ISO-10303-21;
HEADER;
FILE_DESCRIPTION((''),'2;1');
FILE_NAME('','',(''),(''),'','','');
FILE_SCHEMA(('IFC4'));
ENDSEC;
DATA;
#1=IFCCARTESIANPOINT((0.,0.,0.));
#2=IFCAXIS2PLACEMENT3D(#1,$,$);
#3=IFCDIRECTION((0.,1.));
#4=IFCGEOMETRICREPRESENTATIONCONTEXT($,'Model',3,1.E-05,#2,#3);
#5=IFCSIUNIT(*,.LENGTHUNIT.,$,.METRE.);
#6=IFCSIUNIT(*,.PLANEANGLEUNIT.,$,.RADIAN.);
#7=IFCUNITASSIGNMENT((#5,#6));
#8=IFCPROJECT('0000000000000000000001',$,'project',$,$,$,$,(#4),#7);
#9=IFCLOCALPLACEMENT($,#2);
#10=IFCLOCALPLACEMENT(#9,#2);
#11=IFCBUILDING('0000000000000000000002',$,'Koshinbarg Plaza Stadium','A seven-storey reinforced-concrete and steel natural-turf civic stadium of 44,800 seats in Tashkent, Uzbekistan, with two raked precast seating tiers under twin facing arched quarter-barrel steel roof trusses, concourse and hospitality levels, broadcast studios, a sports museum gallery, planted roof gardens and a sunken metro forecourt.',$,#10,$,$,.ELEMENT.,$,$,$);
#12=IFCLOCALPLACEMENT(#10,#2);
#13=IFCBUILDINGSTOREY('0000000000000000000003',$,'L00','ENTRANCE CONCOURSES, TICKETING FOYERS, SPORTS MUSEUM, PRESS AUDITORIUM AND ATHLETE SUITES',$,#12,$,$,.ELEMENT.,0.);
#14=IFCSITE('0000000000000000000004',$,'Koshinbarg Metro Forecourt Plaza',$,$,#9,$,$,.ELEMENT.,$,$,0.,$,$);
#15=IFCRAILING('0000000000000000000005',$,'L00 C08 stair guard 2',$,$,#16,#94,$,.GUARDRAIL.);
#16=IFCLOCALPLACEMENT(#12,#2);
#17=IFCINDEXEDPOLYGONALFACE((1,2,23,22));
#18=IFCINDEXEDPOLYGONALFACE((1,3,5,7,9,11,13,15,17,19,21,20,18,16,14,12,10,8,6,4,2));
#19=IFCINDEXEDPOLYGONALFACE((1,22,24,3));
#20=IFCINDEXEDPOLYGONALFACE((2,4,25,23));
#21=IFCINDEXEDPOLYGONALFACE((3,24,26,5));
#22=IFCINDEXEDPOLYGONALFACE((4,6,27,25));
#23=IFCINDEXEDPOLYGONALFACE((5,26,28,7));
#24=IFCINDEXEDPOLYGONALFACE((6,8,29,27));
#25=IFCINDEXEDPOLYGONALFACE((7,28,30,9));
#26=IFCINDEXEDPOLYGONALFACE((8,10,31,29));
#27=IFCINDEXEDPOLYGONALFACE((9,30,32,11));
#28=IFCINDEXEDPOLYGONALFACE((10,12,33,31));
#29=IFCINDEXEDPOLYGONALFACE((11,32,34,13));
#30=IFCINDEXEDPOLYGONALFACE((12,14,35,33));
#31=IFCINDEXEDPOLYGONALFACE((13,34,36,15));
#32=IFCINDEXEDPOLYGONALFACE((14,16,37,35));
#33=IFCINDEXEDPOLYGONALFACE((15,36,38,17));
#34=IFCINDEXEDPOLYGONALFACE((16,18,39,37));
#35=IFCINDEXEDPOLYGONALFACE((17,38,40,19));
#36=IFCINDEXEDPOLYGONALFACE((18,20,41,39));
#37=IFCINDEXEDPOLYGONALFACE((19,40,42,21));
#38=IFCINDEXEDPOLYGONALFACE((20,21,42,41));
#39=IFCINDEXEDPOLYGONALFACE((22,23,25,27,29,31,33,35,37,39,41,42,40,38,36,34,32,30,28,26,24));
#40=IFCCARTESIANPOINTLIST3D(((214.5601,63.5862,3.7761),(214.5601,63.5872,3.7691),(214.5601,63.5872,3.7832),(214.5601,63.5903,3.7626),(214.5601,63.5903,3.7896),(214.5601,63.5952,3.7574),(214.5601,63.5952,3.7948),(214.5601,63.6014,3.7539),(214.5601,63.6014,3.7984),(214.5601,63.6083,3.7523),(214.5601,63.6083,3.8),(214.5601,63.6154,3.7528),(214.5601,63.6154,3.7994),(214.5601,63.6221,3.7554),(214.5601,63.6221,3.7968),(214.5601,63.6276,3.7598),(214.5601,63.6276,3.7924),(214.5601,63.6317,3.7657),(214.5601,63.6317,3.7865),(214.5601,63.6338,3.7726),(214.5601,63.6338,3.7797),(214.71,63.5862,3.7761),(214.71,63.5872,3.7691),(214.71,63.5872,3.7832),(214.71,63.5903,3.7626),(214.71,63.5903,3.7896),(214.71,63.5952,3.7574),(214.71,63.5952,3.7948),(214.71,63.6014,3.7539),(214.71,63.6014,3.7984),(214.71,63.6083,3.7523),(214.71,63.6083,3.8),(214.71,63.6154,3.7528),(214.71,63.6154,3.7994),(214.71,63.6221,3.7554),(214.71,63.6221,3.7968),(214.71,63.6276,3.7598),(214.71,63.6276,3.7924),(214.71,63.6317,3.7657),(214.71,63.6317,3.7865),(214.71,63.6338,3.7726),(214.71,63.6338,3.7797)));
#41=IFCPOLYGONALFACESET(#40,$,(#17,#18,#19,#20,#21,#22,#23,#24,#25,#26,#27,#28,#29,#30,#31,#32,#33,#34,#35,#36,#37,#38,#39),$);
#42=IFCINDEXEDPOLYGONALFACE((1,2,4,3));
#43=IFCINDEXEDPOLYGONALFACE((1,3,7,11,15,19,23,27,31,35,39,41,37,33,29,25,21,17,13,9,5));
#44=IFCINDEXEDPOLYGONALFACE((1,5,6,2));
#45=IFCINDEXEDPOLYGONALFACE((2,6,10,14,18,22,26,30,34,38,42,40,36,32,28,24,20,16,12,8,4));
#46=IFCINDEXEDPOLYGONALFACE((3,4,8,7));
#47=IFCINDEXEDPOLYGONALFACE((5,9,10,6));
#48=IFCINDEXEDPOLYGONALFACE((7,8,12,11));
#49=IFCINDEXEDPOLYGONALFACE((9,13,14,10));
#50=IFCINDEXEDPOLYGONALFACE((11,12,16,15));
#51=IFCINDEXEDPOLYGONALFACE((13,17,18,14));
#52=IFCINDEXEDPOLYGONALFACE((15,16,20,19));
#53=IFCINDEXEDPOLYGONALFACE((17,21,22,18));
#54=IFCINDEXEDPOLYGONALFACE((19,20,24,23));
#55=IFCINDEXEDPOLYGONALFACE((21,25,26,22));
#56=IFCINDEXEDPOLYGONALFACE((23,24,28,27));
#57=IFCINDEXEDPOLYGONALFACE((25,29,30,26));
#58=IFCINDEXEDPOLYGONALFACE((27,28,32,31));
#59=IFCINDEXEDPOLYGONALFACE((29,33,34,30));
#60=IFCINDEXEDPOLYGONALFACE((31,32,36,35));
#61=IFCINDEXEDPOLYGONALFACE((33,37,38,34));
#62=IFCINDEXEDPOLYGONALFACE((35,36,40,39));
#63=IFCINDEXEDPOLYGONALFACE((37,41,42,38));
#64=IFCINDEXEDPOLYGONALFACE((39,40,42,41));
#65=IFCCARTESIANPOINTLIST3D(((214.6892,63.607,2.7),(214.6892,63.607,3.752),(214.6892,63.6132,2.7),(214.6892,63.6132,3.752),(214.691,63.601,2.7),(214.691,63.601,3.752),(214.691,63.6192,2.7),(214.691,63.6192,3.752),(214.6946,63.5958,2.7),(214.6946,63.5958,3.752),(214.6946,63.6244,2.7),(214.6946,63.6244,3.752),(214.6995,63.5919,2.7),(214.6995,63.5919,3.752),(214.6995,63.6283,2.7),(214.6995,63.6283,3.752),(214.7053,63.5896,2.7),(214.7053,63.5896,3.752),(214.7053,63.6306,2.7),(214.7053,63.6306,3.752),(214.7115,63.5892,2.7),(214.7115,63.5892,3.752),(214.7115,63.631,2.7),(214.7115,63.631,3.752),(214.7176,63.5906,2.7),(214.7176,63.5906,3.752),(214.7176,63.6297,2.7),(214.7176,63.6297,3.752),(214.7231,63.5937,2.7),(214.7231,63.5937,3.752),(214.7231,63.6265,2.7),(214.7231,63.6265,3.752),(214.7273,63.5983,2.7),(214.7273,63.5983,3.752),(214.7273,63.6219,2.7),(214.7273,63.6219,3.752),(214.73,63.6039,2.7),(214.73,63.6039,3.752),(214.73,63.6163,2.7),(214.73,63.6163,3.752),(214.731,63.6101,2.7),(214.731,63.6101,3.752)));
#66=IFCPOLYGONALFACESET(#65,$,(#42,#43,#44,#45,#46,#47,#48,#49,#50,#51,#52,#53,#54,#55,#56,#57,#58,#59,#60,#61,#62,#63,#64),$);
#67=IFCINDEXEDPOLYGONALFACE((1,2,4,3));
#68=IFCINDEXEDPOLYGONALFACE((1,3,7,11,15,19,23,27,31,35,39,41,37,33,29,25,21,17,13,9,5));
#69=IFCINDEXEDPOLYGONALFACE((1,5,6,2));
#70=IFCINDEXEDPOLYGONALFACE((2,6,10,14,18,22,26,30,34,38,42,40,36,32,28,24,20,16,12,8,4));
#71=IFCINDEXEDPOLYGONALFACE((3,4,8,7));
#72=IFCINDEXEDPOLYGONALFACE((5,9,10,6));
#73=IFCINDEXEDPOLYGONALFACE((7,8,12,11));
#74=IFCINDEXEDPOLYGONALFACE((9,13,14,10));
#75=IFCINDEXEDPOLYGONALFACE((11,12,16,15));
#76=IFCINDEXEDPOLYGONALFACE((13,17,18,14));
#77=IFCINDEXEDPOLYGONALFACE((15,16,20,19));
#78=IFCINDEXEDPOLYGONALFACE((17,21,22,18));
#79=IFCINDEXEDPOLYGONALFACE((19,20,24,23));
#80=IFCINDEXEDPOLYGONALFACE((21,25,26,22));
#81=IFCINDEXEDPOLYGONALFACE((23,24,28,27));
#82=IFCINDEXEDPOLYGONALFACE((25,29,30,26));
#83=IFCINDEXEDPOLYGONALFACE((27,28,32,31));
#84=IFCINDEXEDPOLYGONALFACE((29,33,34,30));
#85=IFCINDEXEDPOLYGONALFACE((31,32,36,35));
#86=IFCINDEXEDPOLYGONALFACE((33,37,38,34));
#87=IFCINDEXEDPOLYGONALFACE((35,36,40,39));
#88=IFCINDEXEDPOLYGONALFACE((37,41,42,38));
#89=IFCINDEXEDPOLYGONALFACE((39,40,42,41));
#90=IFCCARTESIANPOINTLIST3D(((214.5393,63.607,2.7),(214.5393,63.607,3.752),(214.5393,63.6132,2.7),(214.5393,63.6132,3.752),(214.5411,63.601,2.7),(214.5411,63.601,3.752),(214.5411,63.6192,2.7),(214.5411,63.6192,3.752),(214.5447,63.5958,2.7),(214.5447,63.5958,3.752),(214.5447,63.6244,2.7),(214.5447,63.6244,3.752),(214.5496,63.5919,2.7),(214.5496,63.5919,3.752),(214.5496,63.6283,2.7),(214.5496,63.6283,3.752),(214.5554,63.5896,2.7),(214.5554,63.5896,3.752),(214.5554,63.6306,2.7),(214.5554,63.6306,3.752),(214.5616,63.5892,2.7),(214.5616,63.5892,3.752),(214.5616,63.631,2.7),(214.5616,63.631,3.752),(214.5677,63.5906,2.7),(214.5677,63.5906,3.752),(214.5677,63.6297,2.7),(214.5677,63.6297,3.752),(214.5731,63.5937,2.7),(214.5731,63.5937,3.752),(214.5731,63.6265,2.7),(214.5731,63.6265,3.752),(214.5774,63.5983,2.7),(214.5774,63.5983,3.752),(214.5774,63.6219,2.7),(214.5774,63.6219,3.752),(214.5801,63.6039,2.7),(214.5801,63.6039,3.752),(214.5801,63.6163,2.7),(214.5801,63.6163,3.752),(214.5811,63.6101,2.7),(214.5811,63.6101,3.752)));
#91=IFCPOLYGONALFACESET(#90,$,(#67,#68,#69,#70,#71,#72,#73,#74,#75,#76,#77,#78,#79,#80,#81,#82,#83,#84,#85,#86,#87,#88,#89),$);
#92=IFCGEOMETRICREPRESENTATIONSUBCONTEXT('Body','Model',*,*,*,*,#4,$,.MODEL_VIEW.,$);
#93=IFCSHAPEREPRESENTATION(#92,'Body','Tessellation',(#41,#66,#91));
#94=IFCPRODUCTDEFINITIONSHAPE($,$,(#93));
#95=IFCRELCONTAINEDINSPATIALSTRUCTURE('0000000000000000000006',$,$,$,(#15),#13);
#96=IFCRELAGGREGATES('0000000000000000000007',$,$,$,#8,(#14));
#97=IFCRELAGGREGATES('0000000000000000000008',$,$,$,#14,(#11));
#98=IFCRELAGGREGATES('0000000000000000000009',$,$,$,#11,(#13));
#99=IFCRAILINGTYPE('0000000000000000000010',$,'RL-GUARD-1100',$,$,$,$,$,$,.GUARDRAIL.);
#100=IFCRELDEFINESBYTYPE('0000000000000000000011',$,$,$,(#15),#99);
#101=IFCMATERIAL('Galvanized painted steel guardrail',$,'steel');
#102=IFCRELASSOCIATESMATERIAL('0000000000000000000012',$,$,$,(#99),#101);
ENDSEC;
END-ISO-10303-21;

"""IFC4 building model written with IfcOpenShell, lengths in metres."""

from ifc_helpers import new_model, si_unit, direction, frame, origin, origin_2d, place, context, subcontext, project, spatial, circle, extrude, material, type_object, element, save


model = new_model("IFC4")

# Units and contexts
model_context = context("Model", 3, precision=1e-05, world=origin(), true_north=direction((0.0, 1.0)))
body_context = subcontext(model_context, "Body", "Model", "MODEL_VIEW")
ifc_project = project(units=[si_unit("LENGTHUNIT", "METRE"), si_unit("PLANEANGLEUNIT", "RADIAN")], contexts=[model_context])

# Site, building, storey
site_placement = place(None, origin())
site = spatial("IfcSite", under=ifc_project, at=site_placement, Name="Koshinbarg Metro Forecourt Plaza", CompositionType="ELEMENT", RefElevation=0.0)
building_placement = place(site_placement, origin())
building = spatial("IfcBuilding", under=site, at=building_placement, Name="Koshinbarg Plaza Stadium", Description="A seven-storey reinforced-concrete and steel natural-turf civic stadium of 44,800 seats in Tashkent, Uzbekistan, with two raked precast seating tiers under twin facing arched quarter-barrel steel roof trusses, concourse and hospitality levels, broadcast studios, a sports museum gallery, planted roof gardens and a sunken metro forecourt.", CompositionType="ELEMENT")
storey_placement = place(building_placement, origin())
storey = spatial("IfcBuildingStorey", under=building, at=storey_placement, Name="L00", Description="ENTRANCE CONCOURSES, TICKETING FOYERS, SPORTS MUSEUM, PRESS AUDITORIUM AND ATHLETE SUITES", CompositionType="ELEMENT", Elevation=0.0)

# Railing
ifc_material_1 = material(Name="Galvanized painted steel guardrail", Category="steel")
railing_type_1 = type_object("IfcRailingType", Name="RL-GUARD-1100", PredefinedType="GUARDRAIL", material=ifc_material_1)
railing_1_placement = place(storey_placement, frame((214.71, 63.6101, 2.7)))
element("IfcRailing", 1, at=railing_1_placement, inside=storey, type_object=railing_type_1, Name="L00 C08 stair guard 2", PredefinedType="GUARDRAIL", context=body_context, shape_type="SweptSolid", body=[
    extrude(circle(Radius=0.0239, at=origin_2d()), frame((0.0, 0.0, 1.0762), z_axis=(-1.0, 0.0, 0.0), x_axis=(0.0, -1.0, 0.0)), (0.0, 0.0, 1.0), 0.1499),
    extrude(circle(Radius=0.021, at=origin_2d()), origin(), (0.0, 0.0, 1.0), 1.052),
    extrude(circle(Radius=0.021, at=origin_2d()), frame((-0.1499, 0.0, 0.0)), (0.0, 0.0, 1.0), 1.052),
])

save(model, "model.ifc")
